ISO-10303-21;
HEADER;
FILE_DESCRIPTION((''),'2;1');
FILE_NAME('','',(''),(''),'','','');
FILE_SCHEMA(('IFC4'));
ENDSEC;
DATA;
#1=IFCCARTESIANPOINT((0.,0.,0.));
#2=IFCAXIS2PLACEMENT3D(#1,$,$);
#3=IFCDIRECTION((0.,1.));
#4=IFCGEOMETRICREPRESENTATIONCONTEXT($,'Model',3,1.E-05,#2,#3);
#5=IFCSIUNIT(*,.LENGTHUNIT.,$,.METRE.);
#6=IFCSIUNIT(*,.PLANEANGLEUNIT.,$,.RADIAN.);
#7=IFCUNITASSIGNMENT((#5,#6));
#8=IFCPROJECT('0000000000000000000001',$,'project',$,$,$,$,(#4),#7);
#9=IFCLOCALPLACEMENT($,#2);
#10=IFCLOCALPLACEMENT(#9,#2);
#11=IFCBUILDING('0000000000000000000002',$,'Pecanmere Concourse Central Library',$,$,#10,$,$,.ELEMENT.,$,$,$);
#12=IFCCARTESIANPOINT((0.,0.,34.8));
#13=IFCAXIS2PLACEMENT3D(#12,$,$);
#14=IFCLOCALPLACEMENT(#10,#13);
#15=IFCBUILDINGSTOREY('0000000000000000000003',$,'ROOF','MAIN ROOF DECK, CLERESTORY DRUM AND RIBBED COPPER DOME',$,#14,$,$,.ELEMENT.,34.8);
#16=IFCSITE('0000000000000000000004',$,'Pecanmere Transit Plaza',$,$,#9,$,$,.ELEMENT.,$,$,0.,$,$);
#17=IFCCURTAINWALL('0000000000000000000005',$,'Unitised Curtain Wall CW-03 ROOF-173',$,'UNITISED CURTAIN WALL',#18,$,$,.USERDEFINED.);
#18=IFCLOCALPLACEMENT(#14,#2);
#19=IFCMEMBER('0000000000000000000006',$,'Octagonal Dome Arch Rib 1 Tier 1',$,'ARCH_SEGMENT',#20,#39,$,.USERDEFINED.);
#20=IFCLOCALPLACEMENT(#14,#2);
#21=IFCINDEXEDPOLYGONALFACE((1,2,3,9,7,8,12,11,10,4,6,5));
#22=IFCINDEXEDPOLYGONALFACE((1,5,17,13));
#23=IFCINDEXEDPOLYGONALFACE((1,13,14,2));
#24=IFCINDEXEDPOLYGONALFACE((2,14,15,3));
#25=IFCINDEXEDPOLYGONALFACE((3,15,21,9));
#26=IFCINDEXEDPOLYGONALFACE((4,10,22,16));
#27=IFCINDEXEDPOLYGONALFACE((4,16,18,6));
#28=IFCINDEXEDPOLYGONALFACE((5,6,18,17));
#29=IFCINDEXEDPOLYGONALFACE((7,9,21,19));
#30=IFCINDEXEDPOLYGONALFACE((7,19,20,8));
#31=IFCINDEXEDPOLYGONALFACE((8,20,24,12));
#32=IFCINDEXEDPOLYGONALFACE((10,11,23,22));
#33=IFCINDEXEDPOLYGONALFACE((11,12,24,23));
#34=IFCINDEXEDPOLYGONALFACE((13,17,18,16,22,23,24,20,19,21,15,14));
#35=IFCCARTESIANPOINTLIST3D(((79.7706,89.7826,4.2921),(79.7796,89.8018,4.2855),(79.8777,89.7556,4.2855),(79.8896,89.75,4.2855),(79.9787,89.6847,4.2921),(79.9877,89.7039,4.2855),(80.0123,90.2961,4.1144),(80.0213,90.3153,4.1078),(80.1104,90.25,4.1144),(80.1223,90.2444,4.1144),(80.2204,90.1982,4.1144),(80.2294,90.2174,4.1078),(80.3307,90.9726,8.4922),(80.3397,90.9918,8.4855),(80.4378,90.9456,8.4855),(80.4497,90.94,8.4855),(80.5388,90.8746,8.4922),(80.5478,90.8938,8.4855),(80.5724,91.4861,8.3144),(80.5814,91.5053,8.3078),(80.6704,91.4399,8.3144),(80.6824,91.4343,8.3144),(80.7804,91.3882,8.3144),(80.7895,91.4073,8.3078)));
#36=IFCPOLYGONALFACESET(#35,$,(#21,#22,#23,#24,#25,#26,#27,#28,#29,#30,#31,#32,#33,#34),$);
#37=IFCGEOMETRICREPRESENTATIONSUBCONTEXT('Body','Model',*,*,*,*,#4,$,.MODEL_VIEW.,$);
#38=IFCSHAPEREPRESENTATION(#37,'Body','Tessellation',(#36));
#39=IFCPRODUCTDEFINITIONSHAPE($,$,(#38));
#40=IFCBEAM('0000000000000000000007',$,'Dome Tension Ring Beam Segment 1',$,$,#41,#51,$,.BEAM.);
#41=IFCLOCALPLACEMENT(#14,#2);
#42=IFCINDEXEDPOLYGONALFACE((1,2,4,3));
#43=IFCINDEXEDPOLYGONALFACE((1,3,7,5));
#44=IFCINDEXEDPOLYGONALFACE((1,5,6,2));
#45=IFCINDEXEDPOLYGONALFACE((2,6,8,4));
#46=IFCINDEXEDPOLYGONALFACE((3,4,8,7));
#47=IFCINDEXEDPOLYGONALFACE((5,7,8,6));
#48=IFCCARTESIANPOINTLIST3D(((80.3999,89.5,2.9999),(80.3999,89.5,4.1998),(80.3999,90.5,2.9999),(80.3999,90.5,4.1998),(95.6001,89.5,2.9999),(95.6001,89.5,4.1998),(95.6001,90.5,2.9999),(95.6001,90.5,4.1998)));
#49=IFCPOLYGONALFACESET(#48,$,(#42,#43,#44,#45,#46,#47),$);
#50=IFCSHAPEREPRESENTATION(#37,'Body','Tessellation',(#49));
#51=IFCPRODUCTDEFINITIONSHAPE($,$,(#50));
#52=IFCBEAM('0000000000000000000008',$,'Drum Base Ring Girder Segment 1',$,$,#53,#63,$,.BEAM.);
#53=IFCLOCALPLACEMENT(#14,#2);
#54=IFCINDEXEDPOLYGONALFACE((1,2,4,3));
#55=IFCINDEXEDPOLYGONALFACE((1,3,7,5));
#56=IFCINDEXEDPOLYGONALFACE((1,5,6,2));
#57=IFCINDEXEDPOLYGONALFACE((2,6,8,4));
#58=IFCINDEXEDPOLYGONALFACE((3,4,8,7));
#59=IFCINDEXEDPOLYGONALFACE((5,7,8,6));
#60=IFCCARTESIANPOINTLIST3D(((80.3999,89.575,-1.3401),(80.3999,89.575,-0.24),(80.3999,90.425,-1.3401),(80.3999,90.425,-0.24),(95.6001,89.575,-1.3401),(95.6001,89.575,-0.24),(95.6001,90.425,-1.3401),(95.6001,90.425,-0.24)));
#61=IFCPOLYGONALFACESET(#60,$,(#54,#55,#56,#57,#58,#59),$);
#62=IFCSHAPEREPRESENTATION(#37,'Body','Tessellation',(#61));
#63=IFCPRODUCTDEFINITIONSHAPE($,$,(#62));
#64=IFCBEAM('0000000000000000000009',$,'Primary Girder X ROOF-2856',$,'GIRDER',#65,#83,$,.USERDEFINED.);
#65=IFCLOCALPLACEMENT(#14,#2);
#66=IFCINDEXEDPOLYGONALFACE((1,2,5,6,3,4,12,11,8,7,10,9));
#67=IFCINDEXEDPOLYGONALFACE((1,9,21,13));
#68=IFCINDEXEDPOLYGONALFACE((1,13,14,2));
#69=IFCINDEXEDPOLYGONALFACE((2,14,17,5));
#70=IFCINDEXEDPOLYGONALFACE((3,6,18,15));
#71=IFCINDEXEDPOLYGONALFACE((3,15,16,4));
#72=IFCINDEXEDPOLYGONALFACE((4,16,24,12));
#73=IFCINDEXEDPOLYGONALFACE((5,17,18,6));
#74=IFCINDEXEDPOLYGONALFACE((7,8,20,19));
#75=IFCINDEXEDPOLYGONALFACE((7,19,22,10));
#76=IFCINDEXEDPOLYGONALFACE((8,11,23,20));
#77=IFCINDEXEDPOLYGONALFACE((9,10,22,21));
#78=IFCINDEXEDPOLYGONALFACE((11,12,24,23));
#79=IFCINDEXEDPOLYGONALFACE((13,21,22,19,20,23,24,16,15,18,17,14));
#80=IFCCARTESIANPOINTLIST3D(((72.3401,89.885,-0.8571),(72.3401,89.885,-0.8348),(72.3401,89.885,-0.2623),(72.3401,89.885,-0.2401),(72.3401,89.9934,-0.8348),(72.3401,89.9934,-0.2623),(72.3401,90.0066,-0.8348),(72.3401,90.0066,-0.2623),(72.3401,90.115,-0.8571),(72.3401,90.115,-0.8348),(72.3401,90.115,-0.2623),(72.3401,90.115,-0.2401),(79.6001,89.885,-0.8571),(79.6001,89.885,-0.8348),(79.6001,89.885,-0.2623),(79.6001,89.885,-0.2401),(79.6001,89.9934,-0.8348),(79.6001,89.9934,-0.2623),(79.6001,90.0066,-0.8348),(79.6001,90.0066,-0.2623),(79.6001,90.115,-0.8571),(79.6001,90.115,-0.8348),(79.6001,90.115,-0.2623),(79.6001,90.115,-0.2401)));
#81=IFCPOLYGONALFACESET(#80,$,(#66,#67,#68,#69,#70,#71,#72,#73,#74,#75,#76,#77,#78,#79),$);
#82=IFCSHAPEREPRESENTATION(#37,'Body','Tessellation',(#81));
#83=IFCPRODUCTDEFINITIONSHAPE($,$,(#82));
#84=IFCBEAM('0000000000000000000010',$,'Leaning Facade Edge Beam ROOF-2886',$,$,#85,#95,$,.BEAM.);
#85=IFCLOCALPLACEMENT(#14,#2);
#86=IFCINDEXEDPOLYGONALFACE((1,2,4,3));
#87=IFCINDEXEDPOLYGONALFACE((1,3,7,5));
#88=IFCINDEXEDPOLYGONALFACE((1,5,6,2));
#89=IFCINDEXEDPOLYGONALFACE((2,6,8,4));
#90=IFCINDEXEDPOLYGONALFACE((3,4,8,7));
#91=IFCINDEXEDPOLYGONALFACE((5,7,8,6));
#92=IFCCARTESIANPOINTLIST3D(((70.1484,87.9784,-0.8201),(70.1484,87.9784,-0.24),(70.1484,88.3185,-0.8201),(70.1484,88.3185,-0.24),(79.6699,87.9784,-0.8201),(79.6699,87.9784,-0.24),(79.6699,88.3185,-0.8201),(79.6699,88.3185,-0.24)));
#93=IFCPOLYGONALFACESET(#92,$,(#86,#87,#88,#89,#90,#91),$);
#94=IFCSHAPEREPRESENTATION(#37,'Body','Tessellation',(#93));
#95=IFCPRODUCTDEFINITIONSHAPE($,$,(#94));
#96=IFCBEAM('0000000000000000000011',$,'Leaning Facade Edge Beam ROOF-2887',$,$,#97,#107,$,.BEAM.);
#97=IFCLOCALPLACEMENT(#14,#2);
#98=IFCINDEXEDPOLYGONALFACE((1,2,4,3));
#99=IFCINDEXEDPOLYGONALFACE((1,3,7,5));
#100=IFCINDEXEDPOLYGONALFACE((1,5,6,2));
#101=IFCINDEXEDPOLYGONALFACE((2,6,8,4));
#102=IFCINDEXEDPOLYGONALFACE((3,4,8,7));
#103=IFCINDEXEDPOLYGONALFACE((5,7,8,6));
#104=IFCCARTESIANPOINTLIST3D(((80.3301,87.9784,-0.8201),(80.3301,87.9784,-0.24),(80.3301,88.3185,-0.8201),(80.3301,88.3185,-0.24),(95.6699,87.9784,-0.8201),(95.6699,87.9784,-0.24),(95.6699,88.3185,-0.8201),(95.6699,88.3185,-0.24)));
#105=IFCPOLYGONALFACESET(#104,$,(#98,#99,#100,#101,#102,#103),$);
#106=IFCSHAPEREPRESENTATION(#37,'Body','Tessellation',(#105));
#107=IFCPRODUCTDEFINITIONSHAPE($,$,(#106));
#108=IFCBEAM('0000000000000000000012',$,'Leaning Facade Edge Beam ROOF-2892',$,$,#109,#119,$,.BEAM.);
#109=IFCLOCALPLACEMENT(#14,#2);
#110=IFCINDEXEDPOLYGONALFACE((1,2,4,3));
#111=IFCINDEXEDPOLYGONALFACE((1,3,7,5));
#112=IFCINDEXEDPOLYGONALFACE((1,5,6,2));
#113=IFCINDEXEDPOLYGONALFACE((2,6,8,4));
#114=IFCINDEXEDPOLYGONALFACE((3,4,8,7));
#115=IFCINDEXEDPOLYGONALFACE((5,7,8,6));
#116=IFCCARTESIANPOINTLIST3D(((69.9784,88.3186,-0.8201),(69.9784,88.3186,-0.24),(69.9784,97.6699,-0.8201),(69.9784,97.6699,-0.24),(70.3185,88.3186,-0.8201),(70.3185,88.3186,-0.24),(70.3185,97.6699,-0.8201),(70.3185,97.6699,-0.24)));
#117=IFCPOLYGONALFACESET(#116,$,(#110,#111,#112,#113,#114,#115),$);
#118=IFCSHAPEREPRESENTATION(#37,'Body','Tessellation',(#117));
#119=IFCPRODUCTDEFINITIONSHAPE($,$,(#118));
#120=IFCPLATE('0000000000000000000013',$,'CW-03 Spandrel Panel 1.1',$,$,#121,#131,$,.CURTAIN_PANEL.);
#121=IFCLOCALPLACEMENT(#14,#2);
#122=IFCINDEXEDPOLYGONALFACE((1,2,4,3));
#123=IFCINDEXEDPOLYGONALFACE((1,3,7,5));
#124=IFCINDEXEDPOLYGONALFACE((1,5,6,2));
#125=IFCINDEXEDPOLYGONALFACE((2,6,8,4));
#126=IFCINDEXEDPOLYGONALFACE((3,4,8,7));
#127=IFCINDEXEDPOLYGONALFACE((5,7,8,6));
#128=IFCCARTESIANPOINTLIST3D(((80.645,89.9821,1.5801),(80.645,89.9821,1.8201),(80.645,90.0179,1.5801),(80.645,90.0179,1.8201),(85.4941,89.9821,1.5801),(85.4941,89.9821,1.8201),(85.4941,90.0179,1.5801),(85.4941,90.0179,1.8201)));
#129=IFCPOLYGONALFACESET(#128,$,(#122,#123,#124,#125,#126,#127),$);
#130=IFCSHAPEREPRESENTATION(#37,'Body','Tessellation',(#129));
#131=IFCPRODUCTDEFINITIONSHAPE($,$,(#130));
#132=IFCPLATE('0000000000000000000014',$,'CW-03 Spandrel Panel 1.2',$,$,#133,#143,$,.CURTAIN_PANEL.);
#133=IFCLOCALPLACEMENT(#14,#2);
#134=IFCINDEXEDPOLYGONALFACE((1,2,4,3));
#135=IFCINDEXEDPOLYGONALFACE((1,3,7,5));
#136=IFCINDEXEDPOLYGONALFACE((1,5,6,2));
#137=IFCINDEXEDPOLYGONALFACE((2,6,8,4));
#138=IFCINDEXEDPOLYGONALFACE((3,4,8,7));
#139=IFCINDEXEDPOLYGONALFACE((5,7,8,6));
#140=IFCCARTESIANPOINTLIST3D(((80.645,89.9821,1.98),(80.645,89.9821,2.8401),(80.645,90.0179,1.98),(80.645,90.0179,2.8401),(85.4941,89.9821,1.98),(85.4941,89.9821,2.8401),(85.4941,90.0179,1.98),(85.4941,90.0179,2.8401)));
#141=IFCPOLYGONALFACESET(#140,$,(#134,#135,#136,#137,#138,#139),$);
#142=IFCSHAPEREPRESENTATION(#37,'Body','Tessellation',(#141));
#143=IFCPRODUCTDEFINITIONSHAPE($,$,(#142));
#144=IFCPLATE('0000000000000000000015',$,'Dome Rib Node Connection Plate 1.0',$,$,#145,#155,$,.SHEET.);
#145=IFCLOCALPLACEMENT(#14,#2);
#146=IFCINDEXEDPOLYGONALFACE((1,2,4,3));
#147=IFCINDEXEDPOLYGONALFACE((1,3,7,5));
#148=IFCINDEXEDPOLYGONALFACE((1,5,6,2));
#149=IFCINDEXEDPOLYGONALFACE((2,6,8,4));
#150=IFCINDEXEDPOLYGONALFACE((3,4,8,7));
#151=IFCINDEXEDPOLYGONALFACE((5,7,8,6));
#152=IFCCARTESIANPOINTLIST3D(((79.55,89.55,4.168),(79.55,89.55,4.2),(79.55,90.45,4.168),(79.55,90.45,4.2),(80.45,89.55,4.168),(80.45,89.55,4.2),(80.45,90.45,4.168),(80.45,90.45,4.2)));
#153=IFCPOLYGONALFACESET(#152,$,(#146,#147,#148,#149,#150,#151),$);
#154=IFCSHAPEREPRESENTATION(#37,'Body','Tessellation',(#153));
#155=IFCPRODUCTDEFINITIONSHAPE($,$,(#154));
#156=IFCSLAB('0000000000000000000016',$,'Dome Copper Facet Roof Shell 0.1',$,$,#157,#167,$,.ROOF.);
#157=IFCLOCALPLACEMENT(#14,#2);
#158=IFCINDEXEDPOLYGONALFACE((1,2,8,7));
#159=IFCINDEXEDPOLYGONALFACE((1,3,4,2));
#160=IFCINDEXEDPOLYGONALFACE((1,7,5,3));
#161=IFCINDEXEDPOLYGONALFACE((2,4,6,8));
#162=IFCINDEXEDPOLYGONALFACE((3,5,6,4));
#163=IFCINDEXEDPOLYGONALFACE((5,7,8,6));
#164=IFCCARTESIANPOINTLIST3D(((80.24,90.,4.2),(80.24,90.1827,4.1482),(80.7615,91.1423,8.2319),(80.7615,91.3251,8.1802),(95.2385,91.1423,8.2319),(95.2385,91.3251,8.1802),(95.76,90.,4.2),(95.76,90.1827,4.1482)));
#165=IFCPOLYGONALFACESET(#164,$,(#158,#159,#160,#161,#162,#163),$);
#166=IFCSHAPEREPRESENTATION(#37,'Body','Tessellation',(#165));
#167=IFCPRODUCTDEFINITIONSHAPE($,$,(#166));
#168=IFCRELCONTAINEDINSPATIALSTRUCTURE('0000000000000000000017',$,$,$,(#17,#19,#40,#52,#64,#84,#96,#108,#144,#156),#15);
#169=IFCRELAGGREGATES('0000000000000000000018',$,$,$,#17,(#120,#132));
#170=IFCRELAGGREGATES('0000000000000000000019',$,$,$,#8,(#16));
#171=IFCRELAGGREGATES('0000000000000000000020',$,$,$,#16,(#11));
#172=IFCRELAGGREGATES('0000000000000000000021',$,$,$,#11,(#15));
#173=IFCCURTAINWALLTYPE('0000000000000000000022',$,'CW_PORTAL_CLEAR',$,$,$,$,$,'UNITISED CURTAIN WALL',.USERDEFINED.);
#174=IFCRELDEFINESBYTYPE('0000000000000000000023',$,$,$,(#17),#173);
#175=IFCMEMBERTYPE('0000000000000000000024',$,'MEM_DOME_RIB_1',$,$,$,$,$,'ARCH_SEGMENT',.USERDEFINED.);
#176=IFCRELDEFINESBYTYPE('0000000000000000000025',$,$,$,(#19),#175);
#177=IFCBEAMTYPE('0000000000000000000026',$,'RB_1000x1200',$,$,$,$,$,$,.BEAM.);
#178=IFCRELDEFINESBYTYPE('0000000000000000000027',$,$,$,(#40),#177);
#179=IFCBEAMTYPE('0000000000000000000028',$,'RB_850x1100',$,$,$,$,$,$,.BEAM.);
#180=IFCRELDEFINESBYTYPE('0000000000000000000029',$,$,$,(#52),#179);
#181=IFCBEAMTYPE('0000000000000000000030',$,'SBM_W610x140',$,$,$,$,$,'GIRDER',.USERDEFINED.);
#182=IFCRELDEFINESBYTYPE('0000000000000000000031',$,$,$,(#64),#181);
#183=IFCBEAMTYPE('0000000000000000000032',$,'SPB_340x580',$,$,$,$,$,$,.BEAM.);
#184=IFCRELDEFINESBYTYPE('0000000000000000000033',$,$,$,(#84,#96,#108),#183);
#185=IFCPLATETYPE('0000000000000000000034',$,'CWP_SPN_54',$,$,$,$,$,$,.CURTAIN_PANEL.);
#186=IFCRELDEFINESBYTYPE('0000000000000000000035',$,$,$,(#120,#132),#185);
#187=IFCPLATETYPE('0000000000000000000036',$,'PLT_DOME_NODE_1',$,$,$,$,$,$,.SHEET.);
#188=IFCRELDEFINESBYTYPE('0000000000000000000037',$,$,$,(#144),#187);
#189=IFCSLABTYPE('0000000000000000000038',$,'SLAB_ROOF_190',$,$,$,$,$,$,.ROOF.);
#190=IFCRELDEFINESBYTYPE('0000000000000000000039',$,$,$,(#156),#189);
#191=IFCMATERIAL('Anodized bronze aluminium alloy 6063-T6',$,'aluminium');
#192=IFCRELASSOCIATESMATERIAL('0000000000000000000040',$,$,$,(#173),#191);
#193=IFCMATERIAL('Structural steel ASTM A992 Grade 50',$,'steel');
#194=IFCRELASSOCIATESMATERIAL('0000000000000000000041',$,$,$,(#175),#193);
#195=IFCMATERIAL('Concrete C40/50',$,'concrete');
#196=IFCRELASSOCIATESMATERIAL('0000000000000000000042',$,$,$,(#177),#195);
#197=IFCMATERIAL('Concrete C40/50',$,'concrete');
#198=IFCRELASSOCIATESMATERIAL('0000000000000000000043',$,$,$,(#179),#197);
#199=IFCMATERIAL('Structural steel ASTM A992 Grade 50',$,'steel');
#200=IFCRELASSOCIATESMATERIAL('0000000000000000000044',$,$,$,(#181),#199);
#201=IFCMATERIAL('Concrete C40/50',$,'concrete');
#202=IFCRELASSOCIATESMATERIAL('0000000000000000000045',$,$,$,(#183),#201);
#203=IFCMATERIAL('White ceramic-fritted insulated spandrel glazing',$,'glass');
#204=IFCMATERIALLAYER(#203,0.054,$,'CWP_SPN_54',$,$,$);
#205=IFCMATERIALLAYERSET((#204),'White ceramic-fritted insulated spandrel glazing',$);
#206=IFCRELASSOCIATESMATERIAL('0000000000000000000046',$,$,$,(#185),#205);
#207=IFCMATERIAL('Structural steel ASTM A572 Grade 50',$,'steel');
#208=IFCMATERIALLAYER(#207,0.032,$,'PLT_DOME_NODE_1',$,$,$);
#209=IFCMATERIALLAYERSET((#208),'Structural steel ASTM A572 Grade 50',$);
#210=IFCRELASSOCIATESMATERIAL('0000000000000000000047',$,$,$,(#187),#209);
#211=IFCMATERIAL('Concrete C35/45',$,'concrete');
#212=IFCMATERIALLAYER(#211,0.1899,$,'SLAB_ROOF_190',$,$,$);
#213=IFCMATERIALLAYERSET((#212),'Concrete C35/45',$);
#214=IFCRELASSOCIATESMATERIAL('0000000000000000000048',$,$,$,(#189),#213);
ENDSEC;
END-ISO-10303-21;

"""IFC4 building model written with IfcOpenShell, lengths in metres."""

from ifc_helpers import new_model, si_unit, direction, frame, origin, origin_2d, place, context, subcontext, project, spatial, polyline, rectangle, i_section, outline, extrude, material, layer, layer_set, material_profile, profile_set, type_object, element, aggregate, save


model = new_model("IFC4")

# Units and contexts
model_context = context("Model", 3, precision=1e-05, world=origin(), true_north=direction((0.0, 1.0)))
body_context = subcontext(model_context, "Body", "Model", "MODEL_VIEW")
ifc_project = project(units=[si_unit("LENGTHUNIT", "METRE"), si_unit("PLANEANGLEUNIT", "RADIAN")], contexts=[model_context])

# Site, building, storey
site_placement = place(None, origin())
site = spatial("IfcSite", under=ifc_project, at=site_placement, Name="Pecanmere Transit Plaza", CompositionType="ELEMENT", RefElevation=0.0)
building_placement = place(site_placement, origin())
building = spatial("IfcBuilding", under=site, at=building_placement, Name="Pecanmere Concourse Central Library", CompositionType="ELEMENT")
storey_placement = place(building_placement, frame((0.0, 0.0, 34.8)))
storey = spatial("IfcBuildingStorey", under=building, at=storey_placement, Name="ROOF", Description="MAIN ROOF DECK, CLERESTORY DRUM AND RIBBED COPPER DOME", CompositionType="ELEMENT", Elevation=34.8)

# Curtain wall
ifc_material_1 = material(Name="Anodized bronze aluminium alloy 6063-T6", Category="aluminium")
curtain_wall_type = type_object("IfcCurtainWallType", Name="CW_PORTAL_CLEAR", ElementType="UNITISED CURTAIN WALL", PredefinedType="USERDEFINED", material=ifc_material_1)
curtain_wall_placement = place(storey_placement, origin())
curtain_wall = element("IfcCurtainWall", 1, at=curtain_wall_placement, inside=storey, type_object=curtain_wall_type, Name="Unitised Curtain Wall CW-03 ROOF-173", ObjectType="UNITISED CURTAIN WALL", PredefinedType="USERDEFINED")

# Member
ifc_material_2 = material(Name="Structural steel ASTM A992 Grade 50", Category="steel")
ifc_material_profile_1 = material_profile(ifc_material_2, i_section(OverallWidth=0.23, OverallDepth=0.6169, WebThickness=0.0132, FlangeThickness=0.0222, at=origin_2d()), Name="W610x140")
ifc_profile_set_1 = profile_set([ifc_material_profile_1], Name="Structural steel ASTM A992 Grade 50")
member_type_1 = type_object("IfcMemberType", Name="MEM_DOME_RIB_1", ElementType="ARCH_SEGMENT", PredefinedType="USERDEFINED", material=ifc_profile_set_1)
member_1_placement = place(storey_placement, frame((80.0, 90.0, 4.2), z_axis=(0.127256, 0.270377, 0.954307), x_axis=(-0.904793, 0.425851, 0.0)))
element("IfcMember", 2, at=member_1_placement, inside=storey, type_object=member_type_1, Name="Octagonal Dome Arch Rib 1 Tier 1", ObjectType="ARCH_SEGMENT", PredefinedType="USERDEFINED", context=body_context, shape_type="SweptSolid", body=[
    extrude(i_section(OverallWidth=0.23, OverallDepth=0.6169, WebThickness=0.0132, FlangeThickness=0.0222, at=origin_2d()), origin(), (0.0, 0.0, 1.0), 4.4011),
])

# Beams
ifc_material_3 = material(Name="Concrete C40/50", Category="concrete")
ifc_material_profile_2 = material_profile(ifc_material_3, rectangle(XDim=1.0, YDim=1.2, at=origin_2d()), Name="RC 1000x1200")
ifc_profile_set_2 = profile_set([ifc_material_profile_2], Name="Concrete C40/50")
beam_type_1 = type_object("IfcBeamType", Name="RB_1000x1200", PredefinedType="BEAM", material=ifc_profile_set_2)
beam_1_placement = place(storey_placement, frame((80.3999, 90.0, 3.5999), z_axis=(1.0, 0.0, 0.0), x_axis=(0.0, 1.0, 0.0)))
element("IfcBeam", 3, at=beam_1_placement, inside=storey, type_object=beam_type_1, Name="Dome Tension Ring Beam Segment 1", PredefinedType="BEAM", context=body_context, shape_type="SweptSolid", body=[
    extrude(rectangle(XDim=1.0, YDim=1.2, at=origin_2d()), origin(), (0.0, 0.0, 1.0), 15.2002),
])
ifc_material_4 = material(Name="Concrete C40/50", Category="concrete")
ifc_material_profile_3 = material_profile(ifc_material_4, rectangle(XDim=0.8501, YDim=1.1001, at=origin_2d()), Name="RC 850x1100")
ifc_profile_set_3 = profile_set([ifc_material_profile_3], Name="Concrete C40/50")
beam_type_2 = type_object("IfcBeamType", Name="RB_850x1100", PredefinedType="BEAM", material=ifc_profile_set_3)
beam_2_placement = place(storey_placement, frame((80.3999, 90.0, -0.79), z_axis=(1.0, 0.0, 0.0), x_axis=(0.0, 1.0, 0.0)))
element("IfcBeam", 4, at=beam_2_placement, inside=storey, type_object=beam_type_2, Name="Drum Base Ring Girder Segment 1", PredefinedType="BEAM", context=body_context, shape_type="SweptSolid", body=[
    extrude(rectangle(XDim=0.8501, YDim=1.1001, at=origin_2d()), origin(), (0.0, 0.0, 1.0), 15.2002),
])
ifc_material_5 = material(Name="Structural steel ASTM A992 Grade 50", Category="steel")
ifc_material_profile_4 = material_profile(ifc_material_5, i_section(OverallWidth=0.23, OverallDepth=0.6169, WebThickness=0.0132, FlangeThickness=0.0222, at=origin_2d()), Name="W610x140")
ifc_profile_set_4 = profile_set([ifc_material_profile_4], Name="Structural steel ASTM A992 Grade 50")
beam_type_3 = type_object("IfcBeamType", Name="SBM_W610x140", ElementType="GIRDER", PredefinedType="USERDEFINED", material=ifc_profile_set_4)
beam_3_placement = place(storey_placement, frame((72.3401, 90.0, -0.5486), z_axis=(1.0, 0.0, 0.0), x_axis=(0.0, 1.0, 0.0)))
element("IfcBeam", 5, at=beam_3_placement, inside=storey, type_object=beam_type_3, Name="Primary Girder X ROOF-2856", ObjectType="GIRDER", PredefinedType="USERDEFINED", context=body_context, shape_type="SweptSolid", body=[
    extrude(i_section(OverallWidth=0.23, OverallDepth=0.6169, WebThickness=0.0132, FlangeThickness=0.0222, at=origin_2d()), origin(), (0.0, 0.0, 1.0), 7.26),
])
ifc_material_6 = material(Name="Concrete C40/50", Category="concrete")
ifc_material_profile_5 = material_profile(ifc_material_6, rectangle(XDim=0.3401, YDim=0.5801, at=origin_2d()), Name="RC 340x580")
ifc_profile_set_5 = profile_set([ifc_material_profile_5], Name="Concrete C40/50")
beam_type_4 = type_object("IfcBeamType", Name="SPB_340x580", PredefinedType="BEAM", material=ifc_profile_set_5)
beam_4_placement = place(storey_placement, frame((70.1484, 88.1484, -0.53), z_axis=(1.0, 0.0, 0.0), x_axis=(0.0, 1.0, 0.0)))
element("IfcBeam", 6, at=beam_4_placement, inside=storey, type_object=beam_type_4, Name="Leaning Facade Edge Beam ROOF-2886", PredefinedType="BEAM", context=body_context, shape_type="SweptSolid", body=[
    extrude(rectangle(XDim=0.3401, YDim=0.5801, at=origin_2d()), origin(), (0.0, 0.0, 1.0), 9.5215),
])
beam_5_placement = place(storey_placement, frame((80.3301, 88.1484, -0.53), z_axis=(1.0, 0.0, 0.0), x_axis=(0.0, 1.0, 0.0)))
element("IfcBeam", 7, at=beam_5_placement, inside=storey, type_object=beam_type_4, Name="Leaning Facade Edge Beam ROOF-2887", PredefinedType="BEAM", context=body_context, shape_type="SweptSolid", body=[
    extrude(rectangle(XDim=0.3401, YDim=0.5801, at=origin_2d()), origin(), (0.0, 0.0, 1.0), 15.3398),
])
beam_6_placement = place(storey_placement, frame((70.1484, 88.3186, -0.53), z_axis=(0.0, 1.0, 0.0), x_axis=(-1.0, 0.0, 0.0)))
element("IfcBeam", 8, at=beam_6_placement, inside=storey, type_object=beam_type_4, Name="Leaning Facade Edge Beam ROOF-2892", PredefinedType="BEAM", context=body_context, shape_type="SweptSolid", body=[
    extrude(rectangle(XDim=0.3401, YDim=0.5801, at=origin_2d()), origin(), (0.0, 0.0, 1.0), 9.3513),
])

# Plates
ifc_material_7 = material(Name="White ceramic-fritted insulated spandrel glazing", Category="glass")
ifc_layer_1 = layer(ifc_material_7, 0.054, Name="CWP_SPN_54")
ifc_layer_set_1 = layer_set([ifc_layer_1], Name="White ceramic-fritted insulated spandrel glazing")
plate_type_1 = type_object("IfcPlateType", Name="CWP_SPN_54", PredefinedType="CURTAIN_PANEL", material=ifc_layer_set_1)
plate_1_placement = place(storey_placement, frame((83.0696, 90.0, 1.5801), z_axis=(0.0, 0.0, 1.0), x_axis=(1.0, 0.0, 0.0)))
plate_1 = element("IfcPlate", 9, at=plate_1_placement, type_object=plate_type_1, Name="CW-03 Spandrel Panel 1.1", PredefinedType="CURTAIN_PANEL", context=body_context, shape_type="SweptSolid", body=[
    extrude(rectangle(XDim=4.8491, YDim=0.0359, at=origin_2d()), origin(), (0.0, 0.0, 1.0), 0.24),
])
plate_2_placement = place(storey_placement, frame((83.0696, 90.0, 1.98), z_axis=(0.0, 0.0, 1.0), x_axis=(1.0, 0.0, 0.0)))
plate_2 = element("IfcPlate", 10, at=plate_2_placement, type_object=plate_type_1, Name="CW-03 Spandrel Panel 1.2", PredefinedType="CURTAIN_PANEL", context=body_context, shape_type="SweptSolid", body=[
    extrude(rectangle(XDim=4.8491, YDim=0.0359, at=origin_2d()), origin(), (0.0, 0.0, 1.0), 0.8601),
])
aggregate(curtain_wall, [plate_1, plate_2])
ifc_material_8 = material(Name="Structural steel ASTM A572 Grade 50", Category="steel")
ifc_layer_2 = layer(ifc_material_8, 0.032, Name="PLT_DOME_NODE_1")
ifc_layer_set_2 = layer_set([ifc_layer_2], Name="Structural steel ASTM A572 Grade 50")
plate_type_2 = type_object("IfcPlateType", Name="PLT_DOME_NODE_1", PredefinedType="SHEET", material=ifc_layer_set_2)
plate_3_placement = place(storey_placement, frame((80.0, 90.0, 4.168), z_axis=(0.0, 0.0, 1.0), x_axis=(1.0, 0.0, 0.0)))
element("IfcPlate", 11, at=plate_3_placement, inside=storey, type_object=plate_type_2, Name="Dome Rib Node Connection Plate 1.0", PredefinedType="SHEET", context=body_context, shape_type="SweptSolid", body=[
    extrude(rectangle(XDim=0.8999, YDim=0.8999, at=origin_2d()), origin(), (0.0, 0.0, 1.0), 0.032),
])

# Slab
ifc_material_9 = material(Name="Concrete C35/45", Category="concrete")
ifc_layer_3 = layer(ifc_material_9, 0.1899, Name="SLAB_ROOF_190")
ifc_layer_set_3 = layer_set([ifc_layer_3], Name="Concrete C35/45")
slab_type_1 = type_object("IfcSlabType", Name="SLAB_ROOF_190", PredefinedType="ROOF", material=ifc_layer_set_3)
slab_1_placement = place(storey_placement, frame((80.24, 90.0, 4.2), z_axis=(0.0, -0.962131, 0.272589), x_axis=(1.0, 0.0, 0.0)))
element("IfcSlab", 12, at=slab_1_placement, inside=storey, type_object=slab_type_1, Name="Dome Copper Facet Roof Shell 0.1", PredefinedType="ROOF", context=body_context, shape_type="SweptSolid", body=[
    extrude(outline(polyline([(0.0, 0.0), (15.52, 0.0), (14.9985, 4.1907), (0.5215, 4.1907), (0.0, 0.0)])), origin(), (0.0, 0.0, -1.0), 0.1899),
])

save(model, "model.ifc")
